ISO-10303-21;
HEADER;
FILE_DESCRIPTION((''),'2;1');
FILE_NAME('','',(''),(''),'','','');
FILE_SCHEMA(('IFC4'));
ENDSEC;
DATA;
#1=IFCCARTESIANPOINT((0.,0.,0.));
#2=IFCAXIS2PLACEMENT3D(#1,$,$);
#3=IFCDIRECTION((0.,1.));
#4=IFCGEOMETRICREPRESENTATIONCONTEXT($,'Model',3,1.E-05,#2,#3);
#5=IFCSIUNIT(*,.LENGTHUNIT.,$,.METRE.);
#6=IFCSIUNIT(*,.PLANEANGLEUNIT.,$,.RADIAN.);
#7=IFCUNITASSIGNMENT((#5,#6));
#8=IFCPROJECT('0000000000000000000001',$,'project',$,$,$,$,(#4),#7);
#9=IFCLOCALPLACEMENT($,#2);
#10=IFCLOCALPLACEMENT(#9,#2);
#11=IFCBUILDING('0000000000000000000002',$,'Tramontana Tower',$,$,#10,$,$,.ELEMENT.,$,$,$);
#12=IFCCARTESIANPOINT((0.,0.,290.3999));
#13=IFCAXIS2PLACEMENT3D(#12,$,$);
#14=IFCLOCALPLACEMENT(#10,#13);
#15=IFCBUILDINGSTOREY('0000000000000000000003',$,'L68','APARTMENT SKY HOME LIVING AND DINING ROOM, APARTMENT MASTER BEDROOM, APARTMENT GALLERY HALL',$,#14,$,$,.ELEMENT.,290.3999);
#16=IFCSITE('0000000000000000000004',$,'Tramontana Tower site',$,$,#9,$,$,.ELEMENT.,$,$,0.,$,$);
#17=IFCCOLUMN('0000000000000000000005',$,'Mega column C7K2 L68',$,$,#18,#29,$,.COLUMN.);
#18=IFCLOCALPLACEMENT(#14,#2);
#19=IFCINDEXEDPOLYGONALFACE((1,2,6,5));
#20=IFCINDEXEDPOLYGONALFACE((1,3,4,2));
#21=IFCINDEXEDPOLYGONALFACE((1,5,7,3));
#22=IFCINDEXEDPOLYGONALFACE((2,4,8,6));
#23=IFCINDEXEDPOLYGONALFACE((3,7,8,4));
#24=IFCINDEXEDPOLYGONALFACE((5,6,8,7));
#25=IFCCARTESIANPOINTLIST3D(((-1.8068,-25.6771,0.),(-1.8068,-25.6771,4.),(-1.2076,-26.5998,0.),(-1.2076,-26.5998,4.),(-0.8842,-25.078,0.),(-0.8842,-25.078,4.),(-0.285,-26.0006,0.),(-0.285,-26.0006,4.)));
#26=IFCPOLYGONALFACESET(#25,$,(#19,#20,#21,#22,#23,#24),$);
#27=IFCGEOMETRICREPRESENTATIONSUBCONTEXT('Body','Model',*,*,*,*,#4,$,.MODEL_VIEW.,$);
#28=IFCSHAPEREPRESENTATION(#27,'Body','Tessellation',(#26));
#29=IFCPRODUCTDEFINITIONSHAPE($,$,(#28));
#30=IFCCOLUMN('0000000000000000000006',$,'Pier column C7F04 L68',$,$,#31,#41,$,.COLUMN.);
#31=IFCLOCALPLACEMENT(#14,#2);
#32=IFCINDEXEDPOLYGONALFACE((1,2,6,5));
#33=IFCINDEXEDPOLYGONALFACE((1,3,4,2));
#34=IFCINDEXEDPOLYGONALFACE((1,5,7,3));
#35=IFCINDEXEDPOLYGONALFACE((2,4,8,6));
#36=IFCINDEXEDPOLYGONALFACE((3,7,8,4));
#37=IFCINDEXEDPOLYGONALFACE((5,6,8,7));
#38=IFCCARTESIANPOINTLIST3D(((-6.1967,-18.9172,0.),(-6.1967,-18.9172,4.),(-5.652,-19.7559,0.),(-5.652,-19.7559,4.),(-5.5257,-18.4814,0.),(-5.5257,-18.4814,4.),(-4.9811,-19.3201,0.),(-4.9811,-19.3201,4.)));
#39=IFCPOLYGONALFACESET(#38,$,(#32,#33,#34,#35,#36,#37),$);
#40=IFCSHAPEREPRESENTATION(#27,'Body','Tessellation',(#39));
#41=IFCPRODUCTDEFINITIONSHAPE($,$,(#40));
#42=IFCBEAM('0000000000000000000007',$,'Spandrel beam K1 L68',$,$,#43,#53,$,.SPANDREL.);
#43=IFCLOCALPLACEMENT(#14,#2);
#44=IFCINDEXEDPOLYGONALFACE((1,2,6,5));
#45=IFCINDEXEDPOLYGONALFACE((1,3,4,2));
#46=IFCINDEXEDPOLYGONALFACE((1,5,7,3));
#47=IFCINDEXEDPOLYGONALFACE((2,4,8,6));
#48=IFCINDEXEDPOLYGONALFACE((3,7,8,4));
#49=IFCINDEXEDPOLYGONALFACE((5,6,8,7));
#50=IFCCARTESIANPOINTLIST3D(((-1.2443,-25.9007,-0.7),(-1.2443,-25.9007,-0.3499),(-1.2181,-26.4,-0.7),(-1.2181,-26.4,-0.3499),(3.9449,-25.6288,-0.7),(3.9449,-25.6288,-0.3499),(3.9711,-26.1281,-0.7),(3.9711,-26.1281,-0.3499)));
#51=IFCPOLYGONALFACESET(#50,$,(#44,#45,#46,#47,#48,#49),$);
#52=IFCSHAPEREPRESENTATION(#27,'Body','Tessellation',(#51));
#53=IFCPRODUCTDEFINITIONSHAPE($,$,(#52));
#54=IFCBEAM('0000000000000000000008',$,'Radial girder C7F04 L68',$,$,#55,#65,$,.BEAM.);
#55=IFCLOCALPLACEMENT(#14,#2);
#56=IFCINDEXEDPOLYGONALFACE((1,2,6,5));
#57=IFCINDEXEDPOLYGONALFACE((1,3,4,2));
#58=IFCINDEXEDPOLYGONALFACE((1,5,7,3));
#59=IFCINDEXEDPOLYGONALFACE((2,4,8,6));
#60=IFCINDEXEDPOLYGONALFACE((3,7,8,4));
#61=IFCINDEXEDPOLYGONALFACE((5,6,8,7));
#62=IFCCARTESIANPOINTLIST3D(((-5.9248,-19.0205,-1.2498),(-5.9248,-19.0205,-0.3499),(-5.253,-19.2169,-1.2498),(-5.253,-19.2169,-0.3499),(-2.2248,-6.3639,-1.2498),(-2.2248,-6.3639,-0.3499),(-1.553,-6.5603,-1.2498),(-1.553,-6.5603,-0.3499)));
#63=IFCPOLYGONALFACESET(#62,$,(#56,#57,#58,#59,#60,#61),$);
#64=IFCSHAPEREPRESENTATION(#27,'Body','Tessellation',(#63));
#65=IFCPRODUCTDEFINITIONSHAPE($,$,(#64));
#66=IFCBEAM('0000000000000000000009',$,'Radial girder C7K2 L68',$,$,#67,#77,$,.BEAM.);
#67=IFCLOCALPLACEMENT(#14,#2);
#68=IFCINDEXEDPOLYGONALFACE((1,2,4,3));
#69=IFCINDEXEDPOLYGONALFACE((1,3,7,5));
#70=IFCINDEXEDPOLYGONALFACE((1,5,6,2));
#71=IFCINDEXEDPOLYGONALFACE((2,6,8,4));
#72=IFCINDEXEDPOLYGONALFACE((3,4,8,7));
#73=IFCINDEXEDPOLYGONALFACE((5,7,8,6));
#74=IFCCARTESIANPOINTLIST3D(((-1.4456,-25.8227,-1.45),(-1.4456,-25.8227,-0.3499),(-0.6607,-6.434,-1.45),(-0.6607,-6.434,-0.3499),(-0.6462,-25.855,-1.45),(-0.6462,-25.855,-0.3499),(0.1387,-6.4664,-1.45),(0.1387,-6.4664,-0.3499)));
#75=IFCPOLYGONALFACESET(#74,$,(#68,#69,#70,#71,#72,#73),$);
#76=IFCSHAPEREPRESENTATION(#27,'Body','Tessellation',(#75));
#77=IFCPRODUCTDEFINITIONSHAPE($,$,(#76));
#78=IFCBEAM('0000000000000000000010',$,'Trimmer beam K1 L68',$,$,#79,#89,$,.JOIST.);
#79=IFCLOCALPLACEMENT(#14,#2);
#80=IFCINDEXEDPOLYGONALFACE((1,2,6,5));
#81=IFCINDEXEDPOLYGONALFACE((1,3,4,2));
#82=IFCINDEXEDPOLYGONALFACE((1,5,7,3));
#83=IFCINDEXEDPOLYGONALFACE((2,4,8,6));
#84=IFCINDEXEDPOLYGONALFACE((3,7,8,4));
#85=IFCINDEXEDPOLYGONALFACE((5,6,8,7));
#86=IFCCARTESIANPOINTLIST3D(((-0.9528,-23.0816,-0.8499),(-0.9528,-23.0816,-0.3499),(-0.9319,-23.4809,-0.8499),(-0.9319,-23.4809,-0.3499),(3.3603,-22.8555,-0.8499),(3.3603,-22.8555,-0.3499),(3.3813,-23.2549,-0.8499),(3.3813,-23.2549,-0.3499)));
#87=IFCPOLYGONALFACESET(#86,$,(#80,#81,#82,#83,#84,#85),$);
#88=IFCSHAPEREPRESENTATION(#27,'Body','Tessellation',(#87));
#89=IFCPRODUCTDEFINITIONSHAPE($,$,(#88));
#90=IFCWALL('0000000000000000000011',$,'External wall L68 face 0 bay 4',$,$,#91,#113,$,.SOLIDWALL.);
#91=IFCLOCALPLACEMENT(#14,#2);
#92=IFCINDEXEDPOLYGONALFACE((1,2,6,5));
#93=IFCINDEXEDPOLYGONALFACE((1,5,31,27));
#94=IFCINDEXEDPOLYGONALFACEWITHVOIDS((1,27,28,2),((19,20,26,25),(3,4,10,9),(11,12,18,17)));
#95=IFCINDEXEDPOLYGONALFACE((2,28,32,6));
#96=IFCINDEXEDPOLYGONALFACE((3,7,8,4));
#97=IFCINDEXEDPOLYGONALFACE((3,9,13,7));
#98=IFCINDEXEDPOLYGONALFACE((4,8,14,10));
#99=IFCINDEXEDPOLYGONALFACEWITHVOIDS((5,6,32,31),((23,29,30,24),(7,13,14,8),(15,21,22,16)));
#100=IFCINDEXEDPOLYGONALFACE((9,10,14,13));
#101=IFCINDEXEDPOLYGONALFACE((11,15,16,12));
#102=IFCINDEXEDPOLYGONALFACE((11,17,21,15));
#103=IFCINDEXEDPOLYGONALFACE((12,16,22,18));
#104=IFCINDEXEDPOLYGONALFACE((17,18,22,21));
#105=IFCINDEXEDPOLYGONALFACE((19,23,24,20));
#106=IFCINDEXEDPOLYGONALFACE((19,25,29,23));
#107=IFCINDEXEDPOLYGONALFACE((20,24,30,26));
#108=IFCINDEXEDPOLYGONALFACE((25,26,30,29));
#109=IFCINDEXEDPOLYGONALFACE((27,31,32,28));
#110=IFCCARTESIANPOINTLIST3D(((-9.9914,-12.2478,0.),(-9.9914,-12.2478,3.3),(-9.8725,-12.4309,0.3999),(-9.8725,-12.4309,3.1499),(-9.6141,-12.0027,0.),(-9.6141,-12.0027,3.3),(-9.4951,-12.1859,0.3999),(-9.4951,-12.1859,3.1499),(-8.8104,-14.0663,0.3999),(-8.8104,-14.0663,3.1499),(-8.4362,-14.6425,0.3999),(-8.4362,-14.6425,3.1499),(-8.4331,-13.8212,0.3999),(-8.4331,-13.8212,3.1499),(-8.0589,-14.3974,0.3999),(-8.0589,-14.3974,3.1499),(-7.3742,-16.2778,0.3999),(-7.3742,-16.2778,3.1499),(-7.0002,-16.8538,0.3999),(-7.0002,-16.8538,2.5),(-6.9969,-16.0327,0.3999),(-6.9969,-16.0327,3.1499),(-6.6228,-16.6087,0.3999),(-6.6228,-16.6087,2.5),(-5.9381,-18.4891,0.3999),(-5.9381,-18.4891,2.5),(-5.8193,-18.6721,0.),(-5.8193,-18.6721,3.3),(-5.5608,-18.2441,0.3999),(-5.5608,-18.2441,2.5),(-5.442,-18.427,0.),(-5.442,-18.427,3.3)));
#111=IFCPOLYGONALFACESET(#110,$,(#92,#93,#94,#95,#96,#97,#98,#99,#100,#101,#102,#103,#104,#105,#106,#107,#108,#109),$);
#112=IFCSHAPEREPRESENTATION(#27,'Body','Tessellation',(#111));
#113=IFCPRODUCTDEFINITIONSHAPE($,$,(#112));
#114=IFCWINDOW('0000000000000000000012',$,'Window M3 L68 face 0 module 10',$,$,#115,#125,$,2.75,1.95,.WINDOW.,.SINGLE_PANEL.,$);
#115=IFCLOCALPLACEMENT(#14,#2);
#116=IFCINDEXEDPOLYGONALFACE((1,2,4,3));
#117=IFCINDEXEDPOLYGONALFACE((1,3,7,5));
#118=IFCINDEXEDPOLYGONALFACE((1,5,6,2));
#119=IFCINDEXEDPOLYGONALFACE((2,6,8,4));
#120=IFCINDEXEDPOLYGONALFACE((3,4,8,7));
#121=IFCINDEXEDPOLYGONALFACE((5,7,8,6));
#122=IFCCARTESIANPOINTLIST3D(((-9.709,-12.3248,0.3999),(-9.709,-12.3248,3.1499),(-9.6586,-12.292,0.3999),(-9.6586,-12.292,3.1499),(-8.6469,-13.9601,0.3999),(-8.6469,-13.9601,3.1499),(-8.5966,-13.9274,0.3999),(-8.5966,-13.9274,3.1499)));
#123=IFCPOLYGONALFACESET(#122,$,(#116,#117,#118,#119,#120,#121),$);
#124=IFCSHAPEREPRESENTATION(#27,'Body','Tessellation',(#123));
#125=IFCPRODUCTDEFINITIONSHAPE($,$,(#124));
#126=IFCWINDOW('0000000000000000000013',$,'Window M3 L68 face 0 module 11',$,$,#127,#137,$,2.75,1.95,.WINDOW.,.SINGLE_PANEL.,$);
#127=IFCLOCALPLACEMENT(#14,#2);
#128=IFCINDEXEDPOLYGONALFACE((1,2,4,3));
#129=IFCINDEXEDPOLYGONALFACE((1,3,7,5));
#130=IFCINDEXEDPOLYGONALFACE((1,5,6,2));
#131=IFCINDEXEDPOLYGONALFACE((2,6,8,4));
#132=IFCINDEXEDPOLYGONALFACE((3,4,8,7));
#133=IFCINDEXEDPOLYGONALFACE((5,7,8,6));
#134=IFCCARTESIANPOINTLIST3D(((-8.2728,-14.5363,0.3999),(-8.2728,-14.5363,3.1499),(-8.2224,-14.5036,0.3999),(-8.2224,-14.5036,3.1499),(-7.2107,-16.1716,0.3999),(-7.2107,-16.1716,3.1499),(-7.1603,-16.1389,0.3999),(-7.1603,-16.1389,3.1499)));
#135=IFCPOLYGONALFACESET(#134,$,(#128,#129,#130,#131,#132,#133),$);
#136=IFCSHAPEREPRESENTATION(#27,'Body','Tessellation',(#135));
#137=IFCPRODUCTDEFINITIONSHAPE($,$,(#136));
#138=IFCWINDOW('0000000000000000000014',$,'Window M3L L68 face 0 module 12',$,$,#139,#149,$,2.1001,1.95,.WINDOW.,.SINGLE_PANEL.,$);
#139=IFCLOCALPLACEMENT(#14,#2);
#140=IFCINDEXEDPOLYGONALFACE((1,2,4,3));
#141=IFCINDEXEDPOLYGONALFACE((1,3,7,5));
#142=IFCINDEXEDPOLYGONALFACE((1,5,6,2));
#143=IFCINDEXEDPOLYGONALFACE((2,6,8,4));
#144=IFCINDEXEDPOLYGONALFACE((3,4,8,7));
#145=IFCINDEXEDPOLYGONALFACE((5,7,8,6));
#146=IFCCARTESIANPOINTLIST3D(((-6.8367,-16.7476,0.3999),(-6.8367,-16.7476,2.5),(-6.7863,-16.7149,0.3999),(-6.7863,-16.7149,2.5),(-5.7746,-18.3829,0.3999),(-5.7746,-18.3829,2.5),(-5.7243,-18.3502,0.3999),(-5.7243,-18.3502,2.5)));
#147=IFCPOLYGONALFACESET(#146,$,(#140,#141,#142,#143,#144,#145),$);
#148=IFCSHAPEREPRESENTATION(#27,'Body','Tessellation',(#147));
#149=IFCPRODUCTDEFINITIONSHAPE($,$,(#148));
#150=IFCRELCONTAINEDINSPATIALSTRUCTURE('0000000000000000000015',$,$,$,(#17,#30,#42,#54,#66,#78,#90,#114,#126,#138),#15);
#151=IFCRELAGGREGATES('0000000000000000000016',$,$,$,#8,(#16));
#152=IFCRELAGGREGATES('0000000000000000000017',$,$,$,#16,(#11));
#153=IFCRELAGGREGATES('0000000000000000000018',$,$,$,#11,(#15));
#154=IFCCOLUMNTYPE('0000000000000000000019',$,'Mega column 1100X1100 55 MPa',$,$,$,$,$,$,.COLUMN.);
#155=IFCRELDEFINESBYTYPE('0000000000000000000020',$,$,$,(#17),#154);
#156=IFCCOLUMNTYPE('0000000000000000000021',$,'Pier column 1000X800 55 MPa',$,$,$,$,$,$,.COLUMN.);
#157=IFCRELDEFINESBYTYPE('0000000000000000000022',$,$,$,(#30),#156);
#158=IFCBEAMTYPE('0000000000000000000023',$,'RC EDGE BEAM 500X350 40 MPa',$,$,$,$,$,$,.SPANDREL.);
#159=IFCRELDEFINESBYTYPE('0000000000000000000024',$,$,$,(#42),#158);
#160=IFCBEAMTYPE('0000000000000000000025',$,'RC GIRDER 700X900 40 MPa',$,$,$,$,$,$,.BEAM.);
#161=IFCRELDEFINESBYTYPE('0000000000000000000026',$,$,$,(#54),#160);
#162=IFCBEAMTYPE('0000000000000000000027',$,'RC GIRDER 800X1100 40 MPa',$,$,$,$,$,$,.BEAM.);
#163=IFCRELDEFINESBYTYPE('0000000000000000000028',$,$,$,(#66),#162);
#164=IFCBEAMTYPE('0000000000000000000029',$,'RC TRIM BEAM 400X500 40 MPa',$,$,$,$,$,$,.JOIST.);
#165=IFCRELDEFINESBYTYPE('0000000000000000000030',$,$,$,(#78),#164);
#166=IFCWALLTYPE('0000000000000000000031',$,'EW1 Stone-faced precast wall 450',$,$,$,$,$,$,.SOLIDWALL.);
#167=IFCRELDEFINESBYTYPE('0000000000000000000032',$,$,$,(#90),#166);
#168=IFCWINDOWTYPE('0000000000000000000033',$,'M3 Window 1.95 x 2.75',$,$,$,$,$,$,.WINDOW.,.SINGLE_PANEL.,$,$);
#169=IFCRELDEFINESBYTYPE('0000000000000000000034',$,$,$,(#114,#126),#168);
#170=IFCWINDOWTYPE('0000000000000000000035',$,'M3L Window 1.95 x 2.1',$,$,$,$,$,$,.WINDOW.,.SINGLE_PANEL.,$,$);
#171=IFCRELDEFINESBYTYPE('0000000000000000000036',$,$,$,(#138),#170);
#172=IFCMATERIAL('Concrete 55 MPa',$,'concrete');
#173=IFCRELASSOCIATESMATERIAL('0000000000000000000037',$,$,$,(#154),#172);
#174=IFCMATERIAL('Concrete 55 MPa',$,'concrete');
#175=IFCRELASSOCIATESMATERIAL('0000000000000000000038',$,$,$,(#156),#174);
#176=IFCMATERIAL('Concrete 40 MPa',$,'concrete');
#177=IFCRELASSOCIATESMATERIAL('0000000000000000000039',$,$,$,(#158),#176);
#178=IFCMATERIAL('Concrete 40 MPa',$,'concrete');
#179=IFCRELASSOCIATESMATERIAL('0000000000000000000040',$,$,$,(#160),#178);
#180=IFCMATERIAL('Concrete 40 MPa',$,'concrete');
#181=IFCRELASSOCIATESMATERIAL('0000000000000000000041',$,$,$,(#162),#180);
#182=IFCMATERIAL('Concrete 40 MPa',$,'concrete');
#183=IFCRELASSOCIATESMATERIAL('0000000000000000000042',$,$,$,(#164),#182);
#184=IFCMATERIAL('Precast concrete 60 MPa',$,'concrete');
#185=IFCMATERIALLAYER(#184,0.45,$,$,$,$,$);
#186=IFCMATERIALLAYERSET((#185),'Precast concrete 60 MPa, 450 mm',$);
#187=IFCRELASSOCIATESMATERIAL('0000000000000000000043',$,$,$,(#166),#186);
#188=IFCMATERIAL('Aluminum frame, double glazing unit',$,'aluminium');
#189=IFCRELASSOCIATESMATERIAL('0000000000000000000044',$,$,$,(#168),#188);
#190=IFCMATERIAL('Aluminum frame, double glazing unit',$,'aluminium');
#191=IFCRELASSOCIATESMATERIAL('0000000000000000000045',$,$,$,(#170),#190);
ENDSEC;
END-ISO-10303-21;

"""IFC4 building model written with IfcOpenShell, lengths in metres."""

from ifc_helpers import new_model, si_unit, direction, frame, frame_2d, origin, origin_2d, place, context, subcontext, project, spatial, rectangle, extrude, material, layer, layer_set, material_profile, profile_set, type_object, element, fill, save


model = new_model("IFC4")

# Units and contexts
model_context = context("Model", 3, precision=1e-05, world=origin(), true_north=direction((0.0, 1.0)))
body_context = subcontext(model_context, "Body", "Model", "MODEL_VIEW")
ifc_project = project(units=[si_unit("LENGTHUNIT", "METRE"), si_unit("PLANEANGLEUNIT", "RADIAN")], contexts=[model_context])

# Site, building, storey
site_placement = place(None, origin())
site = spatial("IfcSite", under=ifc_project, at=site_placement, Name="Tramontana Tower site", CompositionType="ELEMENT", RefElevation=0.0)
building_placement = place(site_placement, origin())
building = spatial("IfcBuilding", under=site, at=building_placement, Name="Tramontana Tower", CompositionType="ELEMENT")
storey_placement = place(building_placement, frame((0.0, 0.0, 290.3999)))
storey = spatial("IfcBuildingStorey", under=building, at=storey_placement, Name="L68", Description="APARTMENT SKY HOME LIVING AND DINING ROOM, APARTMENT MASTER BEDROOM, APARTMENT GALLERY HALL", CompositionType="ELEMENT", Elevation=290.3999)

# Columns
ifc_material_1 = material(Name="Concrete 55 MPa", Category="concrete")
ifc_material_profile_1 = material_profile(ifc_material_1, rectangle(XDim=1.1001, YDim=1.1001, at=origin_2d()), Name="Mega column 1100X1100 55 MPa")
ifc_profile_set_1 = profile_set([ifc_material_profile_1], Name="Concrete 55 MPa")
column_type_1 = type_object("IfcColumnType", Name="Mega column 1100X1100 55 MPa", PredefinedType="COLUMN", material=ifc_profile_set_1)
column_1_placement = place(storey_placement, frame((-1.0459, -25.8389, 0.0), z_axis=(0.0, 0.0, 1.0), x_axis=(0.544639, -0.838671, 0.0)))
element("IfcColumn", 1, at=column_1_placement, inside=storey, type_object=column_type_1, Name="Mega column C7K2 L68", PredefinedType="COLUMN", context=body_context, shape_type="SweptSolid", body=[
    extrude(rectangle(XDim=1.1001, YDim=1.1001, at=origin_2d()), origin(), (0.0, 0.0, 1.0), 4.0),
])
ifc_material_2 = material(Name="Concrete 55 MPa", Category="concrete")
ifc_material_profile_2 = material_profile(ifc_material_2, rectangle(XDim=1.0, YDim=0.8, at=origin_2d()), Name="Pier column 1000X800 55 MPa")
ifc_profile_set_2 = profile_set([ifc_material_profile_2], Name="Concrete 55 MPa")
column_type_2 = type_object("IfcColumnType", Name="Pier column 1000X800 55 MPa", PredefinedType="COLUMN", material=ifc_profile_set_2)
column_2_placement = place(storey_placement, frame((-5.5889, -19.1187, 0.0), z_axis=(0.0, 0.0, 1.0), x_axis=(0.544639, -0.838671, 0.0)))
element("IfcColumn", 2, at=column_2_placement, inside=storey, type_object=column_type_2, Name="Pier column C7F04 L68", PredefinedType="COLUMN", context=body_context, shape_type="SweptSolid", body=[
    extrude(rectangle(XDim=1.0, YDim=0.8, at=origin_2d()), origin(), (0.0, 0.0, 1.0), 4.0),
])

# Beams
ifc_material_3 = material(Name="Concrete 40 MPa", Category="concrete")
ifc_material_profile_3 = material_profile(ifc_material_3, rectangle(XDim=0.5, YDim=0.3501, at=origin_2d()), Name="RC EDGE BEAM 500X350 40 MPa")
ifc_profile_set_3 = profile_set([ifc_material_profile_3], Name="Concrete 40 MPa")
beam_type_1 = type_object("IfcBeamType", Name="RC EDGE BEAM 500X350 40 MPa", PredefinedType="SPANDREL", material=ifc_profile_set_3)
beam_1_placement = place(storey_placement, frame((-1.2312, -26.1504, -0.5249), z_axis=(0.998629, 0.052339, 0.0), x_axis=(-0.052339, 0.998629, 0.0)))
element("IfcBeam", 3, at=beam_1_placement, inside=storey, type_object=beam_type_1, Name="Spandrel beam K1 L68", PredefinedType="SPANDREL", context=body_context, shape_type="SweptSolid", body=[
    extrude(rectangle(XDim=0.5, YDim=0.3501, at=origin_2d()), origin(), (0.0, 0.0, 1.0), 5.1963),
])
ifc_material_4 = material(Name="Concrete 40 MPa", Category="concrete")
ifc_material_profile_4 = material_profile(ifc_material_4, rectangle(XDim=0.7, YDim=0.8999, at=origin_2d()), Name="RC GIRDER 700X900 40 MPa")
ifc_profile_set_4 = profile_set([ifc_material_profile_4], Name="Concrete 40 MPa")
beam_type_2 = type_object("IfcBeamType", Name="RC GIRDER 700X900 40 MPa", PredefinedType="BEAM", material=ifc_profile_set_4)
beam_2_placement = place(storey_placement, frame((-5.5889, -19.1187, -0.7998), z_axis=(0.280592, 0.959827, 0.0), x_axis=(-0.959827, 0.280592, 0.0)))
element("IfcBeam", 4, at=beam_2_placement, inside=storey, type_object=beam_type_2, Name="Radial girder C7F04 L68", PredefinedType="BEAM", context=body_context, shape_type="SweptSolid", body=[
    extrude(rectangle(XDim=0.7, YDim=0.8999, at=origin_2d()), origin(), (0.0, 0.0, 1.0), 13.1863),
])
ifc_material_5 = material(Name="Concrete 40 MPa", Category="concrete")
ifc_material_profile_5 = material_profile(ifc_material_5, rectangle(XDim=0.8, YDim=1.1001, at=origin_2d()), Name="RC GIRDER 800X1100 40 MPa")
ifc_profile_set_5 = profile_set([ifc_material_profile_5], Name="Concrete 40 MPa")
beam_type_3 = type_object("IfcBeamType", Name="RC GIRDER 800X1100 40 MPa", PredefinedType="BEAM", material=ifc_profile_set_5)
beam_3_placement = place(storey_placement, frame((-1.0459, -25.8389, -0.8999), z_axis=(0.04045, 0.999182, 0.0), x_axis=(-0.999182, 0.04045, 0.0)))
element("IfcBeam", 5, at=beam_3_placement, inside=storey, type_object=beam_type_3, Name="Radial girder C7K2 L68", PredefinedType="BEAM", context=body_context, shape_type="SweptSolid", body=[
    extrude(rectangle(XDim=0.8, YDim=1.1001, at=origin_2d()), origin(), (0.0, 0.0, 1.0), 19.4045),
])
ifc_material_6 = material(Name="Concrete 40 MPa", Category="concrete")
ifc_material_profile_6 = material_profile(ifc_material_6, rectangle(XDim=0.3999, YDim=0.5, at=origin_2d()), Name="RC TRIM BEAM 400X500 40 MPa")
ifc_profile_set_6 = profile_set([ifc_material_profile_6], Name="Concrete 40 MPa")
beam_type_4 = type_object("IfcBeamType", Name="RC TRIM BEAM 400X500 40 MPa", PredefinedType="JOIST", material=ifc_profile_set_6)
beam_4_placement = place(storey_placement, frame((-0.9424, -23.2812, -0.5999), z_axis=(0.998629, 0.052342, 0.0), x_axis=(-0.052342, 0.998629, 0.0)))
element("IfcBeam", 6, at=beam_4_placement, inside=storey, type_object=beam_type_4, Name="Trimmer beam K1 L68", PredefinedType="JOIST", context=body_context, shape_type="SweptSolid", body=[
    extrude(rectangle(XDim=0.3999, YDim=0.5, at=origin_2d()), origin(), (0.0, 0.0, 1.0), 4.3191),
])

# Wall, openings, windows
ifc_material_7 = material(Name="Precast concrete 60 MPa", Category="concrete")
ifc_layer_1 = layer(ifc_material_7, 0.45)
ifc_layer_set_1 = layer_set([ifc_layer_1], Name="Precast concrete 60 MPa, 450 mm")
wall_type_1 = type_object("IfcWallType", Name="EW1 Stone-faced precast wall 450", PredefinedType="SOLIDWALL", material=ifc_layer_set_1)
wall_1_placement = place(storey_placement, frame((-9.8027, -12.1252, 0.0), z_axis=(0.0, 0.0, 1.0), x_axis=(0.54465, -0.838663, 0.0)))
wall_1 = element("IfcWall", 7, at=wall_1_placement, inside=storey, type_object=wall_type_1, Name="External wall L68 face 0 bay 4", PredefinedType="SOLIDWALL", context=body_context, shape_type="SweptSolid", body=[
    extrude(rectangle(XDim=7.6602, YDim=0.45, at=frame_2d((3.8301, 0.0))), origin(), (0.0, 0.0, 1.0), 3.3),
])
opening_1_placement = place(wall_1_placement, frame((0.2183, 0.0, 0.3999)))
opening_1 = element("IfcOpeningElement", 8, at=opening_1_placement, cuts=wall_1, PredefinedType="OPENING", context=body_context, shape_type="SweptSolid", body=[
    extrude(rectangle(XDim=1.95, YDim=2.75, at=frame_2d((0.9751, 1.375))), frame((0.0, 0.2349, 0.0), z_axis=(0.0, -1.0, 0.0), x_axis=(1.0, 0.0, 0.0)), (0.0, 0.0, 1.0), 0.47),
])
opening_2_placement = place(wall_1_placement, frame((2.8552, 0.0, 0.3999)))
opening_2 = element("IfcOpeningElement", 9, at=opening_2_placement, cuts=wall_1, PredefinedType="OPENING", context=body_context, shape_type="SweptSolid", body=[
    extrude(rectangle(XDim=1.95, YDim=2.75, at=frame_2d((0.9751, 1.375))), frame((0.0, 0.2349, 0.0), z_axis=(0.0, -1.0, 0.0), x_axis=(1.0, 0.0, 0.0)), (0.0, 0.0, 1.0), 0.47),
])
opening_3_placement = place(wall_1_placement, frame((5.4919, 0.0, 0.3999)))
opening_3 = element("IfcOpeningElement", 10, at=opening_3_placement, cuts=wall_1, PredefinedType="OPENING", context=body_context, shape_type="SweptSolid", body=[
    extrude(rectangle(XDim=1.95, YDim=2.1001, at=frame_2d((0.9751, 1.05))), frame((0.0, 0.2349, 0.0), z_axis=(0.0, -1.0, 0.0), x_axis=(1.0, 0.0, 0.0)), (0.0, 0.0, 1.0), 0.47),
])
ifc_material_8 = material(Name="Aluminum frame, double glazing unit", Category="aluminium")
window_type_1 = type_object("IfcWindowType", Name="M3 Window 1.95 x 2.75", PartitioningType="SINGLE_PANEL", PredefinedType="WINDOW", material=ifc_material_8)
window_1_placement = place(opening_1_placement, origin())
window_1 = element("IfcWindow", 11, at=window_1_placement, inside=storey, type_object=window_type_1, Name="Window M3 L68 face 0 module 10", OverallHeight=2.75, OverallWidth=1.95, PartitioningType="SINGLE_PANEL", PredefinedType="WINDOW", context=body_context, shape_type="SweptSolid", body=[
    extrude(rectangle(XDim=1.95, YDim=2.75, at=frame_2d((0.9751, 1.375))), frame((0.0, 0.03, 0.0), z_axis=(0.0, -1.0, 0.0), x_axis=(1.0, 0.0, 0.0)), (0.0, 0.0, 1.0), 0.0601),
])
fill(opening_1, window_1)
window_2_placement = place(opening_2_placement, origin())
window_2 = element("IfcWindow", 12, at=window_2_placement, inside=storey, type_object=window_type_1, Name="Window M3 L68 face 0 module 11", OverallHeight=2.75, OverallWidth=1.95, PartitioningType="SINGLE_PANEL", PredefinedType="WINDOW", context=body_context, shape_type="SweptSolid", body=[
    extrude(rectangle(XDim=1.95, YDim=2.75, at=frame_2d((0.9751, 1.375))), frame((0.0, 0.03, 0.0), z_axis=(0.0, -1.0, 0.0), x_axis=(1.0, 0.0, 0.0)), (0.0, 0.0, 1.0), 0.0601),
])
fill(opening_2, window_2)
ifc_material_9 = material(Name="Aluminum frame, double glazing unit", Category="aluminium")
window_type_2 = type_object("IfcWindowType", Name="M3L Window 1.95 x 2.1", PartitioningType="SINGLE_PANEL", PredefinedType="WINDOW", material=ifc_material_9)
window_3_placement = place(opening_3_placement, origin())
window_3 = element("IfcWindow", 13, at=window_3_placement, inside=storey, type_object=window_type_2, Name="Window M3L L68 face 0 module 12", OverallHeight=2.1001, OverallWidth=1.95, PartitioningType="SINGLE_PANEL", PredefinedType="WINDOW", context=body_context, shape_type="SweptSolid", body=[
    extrude(rectangle(XDim=1.95, YDim=2.1001, at=frame_2d((0.9751, 1.05))), frame((0.0, 0.03, 0.0), z_axis=(0.0, -1.0, 0.0), x_axis=(1.0, 0.0, 0.0)), (0.0, 0.0, 1.0), 0.0601),
])
fill(opening_3, window_3)

save(model, "model.ifc")
